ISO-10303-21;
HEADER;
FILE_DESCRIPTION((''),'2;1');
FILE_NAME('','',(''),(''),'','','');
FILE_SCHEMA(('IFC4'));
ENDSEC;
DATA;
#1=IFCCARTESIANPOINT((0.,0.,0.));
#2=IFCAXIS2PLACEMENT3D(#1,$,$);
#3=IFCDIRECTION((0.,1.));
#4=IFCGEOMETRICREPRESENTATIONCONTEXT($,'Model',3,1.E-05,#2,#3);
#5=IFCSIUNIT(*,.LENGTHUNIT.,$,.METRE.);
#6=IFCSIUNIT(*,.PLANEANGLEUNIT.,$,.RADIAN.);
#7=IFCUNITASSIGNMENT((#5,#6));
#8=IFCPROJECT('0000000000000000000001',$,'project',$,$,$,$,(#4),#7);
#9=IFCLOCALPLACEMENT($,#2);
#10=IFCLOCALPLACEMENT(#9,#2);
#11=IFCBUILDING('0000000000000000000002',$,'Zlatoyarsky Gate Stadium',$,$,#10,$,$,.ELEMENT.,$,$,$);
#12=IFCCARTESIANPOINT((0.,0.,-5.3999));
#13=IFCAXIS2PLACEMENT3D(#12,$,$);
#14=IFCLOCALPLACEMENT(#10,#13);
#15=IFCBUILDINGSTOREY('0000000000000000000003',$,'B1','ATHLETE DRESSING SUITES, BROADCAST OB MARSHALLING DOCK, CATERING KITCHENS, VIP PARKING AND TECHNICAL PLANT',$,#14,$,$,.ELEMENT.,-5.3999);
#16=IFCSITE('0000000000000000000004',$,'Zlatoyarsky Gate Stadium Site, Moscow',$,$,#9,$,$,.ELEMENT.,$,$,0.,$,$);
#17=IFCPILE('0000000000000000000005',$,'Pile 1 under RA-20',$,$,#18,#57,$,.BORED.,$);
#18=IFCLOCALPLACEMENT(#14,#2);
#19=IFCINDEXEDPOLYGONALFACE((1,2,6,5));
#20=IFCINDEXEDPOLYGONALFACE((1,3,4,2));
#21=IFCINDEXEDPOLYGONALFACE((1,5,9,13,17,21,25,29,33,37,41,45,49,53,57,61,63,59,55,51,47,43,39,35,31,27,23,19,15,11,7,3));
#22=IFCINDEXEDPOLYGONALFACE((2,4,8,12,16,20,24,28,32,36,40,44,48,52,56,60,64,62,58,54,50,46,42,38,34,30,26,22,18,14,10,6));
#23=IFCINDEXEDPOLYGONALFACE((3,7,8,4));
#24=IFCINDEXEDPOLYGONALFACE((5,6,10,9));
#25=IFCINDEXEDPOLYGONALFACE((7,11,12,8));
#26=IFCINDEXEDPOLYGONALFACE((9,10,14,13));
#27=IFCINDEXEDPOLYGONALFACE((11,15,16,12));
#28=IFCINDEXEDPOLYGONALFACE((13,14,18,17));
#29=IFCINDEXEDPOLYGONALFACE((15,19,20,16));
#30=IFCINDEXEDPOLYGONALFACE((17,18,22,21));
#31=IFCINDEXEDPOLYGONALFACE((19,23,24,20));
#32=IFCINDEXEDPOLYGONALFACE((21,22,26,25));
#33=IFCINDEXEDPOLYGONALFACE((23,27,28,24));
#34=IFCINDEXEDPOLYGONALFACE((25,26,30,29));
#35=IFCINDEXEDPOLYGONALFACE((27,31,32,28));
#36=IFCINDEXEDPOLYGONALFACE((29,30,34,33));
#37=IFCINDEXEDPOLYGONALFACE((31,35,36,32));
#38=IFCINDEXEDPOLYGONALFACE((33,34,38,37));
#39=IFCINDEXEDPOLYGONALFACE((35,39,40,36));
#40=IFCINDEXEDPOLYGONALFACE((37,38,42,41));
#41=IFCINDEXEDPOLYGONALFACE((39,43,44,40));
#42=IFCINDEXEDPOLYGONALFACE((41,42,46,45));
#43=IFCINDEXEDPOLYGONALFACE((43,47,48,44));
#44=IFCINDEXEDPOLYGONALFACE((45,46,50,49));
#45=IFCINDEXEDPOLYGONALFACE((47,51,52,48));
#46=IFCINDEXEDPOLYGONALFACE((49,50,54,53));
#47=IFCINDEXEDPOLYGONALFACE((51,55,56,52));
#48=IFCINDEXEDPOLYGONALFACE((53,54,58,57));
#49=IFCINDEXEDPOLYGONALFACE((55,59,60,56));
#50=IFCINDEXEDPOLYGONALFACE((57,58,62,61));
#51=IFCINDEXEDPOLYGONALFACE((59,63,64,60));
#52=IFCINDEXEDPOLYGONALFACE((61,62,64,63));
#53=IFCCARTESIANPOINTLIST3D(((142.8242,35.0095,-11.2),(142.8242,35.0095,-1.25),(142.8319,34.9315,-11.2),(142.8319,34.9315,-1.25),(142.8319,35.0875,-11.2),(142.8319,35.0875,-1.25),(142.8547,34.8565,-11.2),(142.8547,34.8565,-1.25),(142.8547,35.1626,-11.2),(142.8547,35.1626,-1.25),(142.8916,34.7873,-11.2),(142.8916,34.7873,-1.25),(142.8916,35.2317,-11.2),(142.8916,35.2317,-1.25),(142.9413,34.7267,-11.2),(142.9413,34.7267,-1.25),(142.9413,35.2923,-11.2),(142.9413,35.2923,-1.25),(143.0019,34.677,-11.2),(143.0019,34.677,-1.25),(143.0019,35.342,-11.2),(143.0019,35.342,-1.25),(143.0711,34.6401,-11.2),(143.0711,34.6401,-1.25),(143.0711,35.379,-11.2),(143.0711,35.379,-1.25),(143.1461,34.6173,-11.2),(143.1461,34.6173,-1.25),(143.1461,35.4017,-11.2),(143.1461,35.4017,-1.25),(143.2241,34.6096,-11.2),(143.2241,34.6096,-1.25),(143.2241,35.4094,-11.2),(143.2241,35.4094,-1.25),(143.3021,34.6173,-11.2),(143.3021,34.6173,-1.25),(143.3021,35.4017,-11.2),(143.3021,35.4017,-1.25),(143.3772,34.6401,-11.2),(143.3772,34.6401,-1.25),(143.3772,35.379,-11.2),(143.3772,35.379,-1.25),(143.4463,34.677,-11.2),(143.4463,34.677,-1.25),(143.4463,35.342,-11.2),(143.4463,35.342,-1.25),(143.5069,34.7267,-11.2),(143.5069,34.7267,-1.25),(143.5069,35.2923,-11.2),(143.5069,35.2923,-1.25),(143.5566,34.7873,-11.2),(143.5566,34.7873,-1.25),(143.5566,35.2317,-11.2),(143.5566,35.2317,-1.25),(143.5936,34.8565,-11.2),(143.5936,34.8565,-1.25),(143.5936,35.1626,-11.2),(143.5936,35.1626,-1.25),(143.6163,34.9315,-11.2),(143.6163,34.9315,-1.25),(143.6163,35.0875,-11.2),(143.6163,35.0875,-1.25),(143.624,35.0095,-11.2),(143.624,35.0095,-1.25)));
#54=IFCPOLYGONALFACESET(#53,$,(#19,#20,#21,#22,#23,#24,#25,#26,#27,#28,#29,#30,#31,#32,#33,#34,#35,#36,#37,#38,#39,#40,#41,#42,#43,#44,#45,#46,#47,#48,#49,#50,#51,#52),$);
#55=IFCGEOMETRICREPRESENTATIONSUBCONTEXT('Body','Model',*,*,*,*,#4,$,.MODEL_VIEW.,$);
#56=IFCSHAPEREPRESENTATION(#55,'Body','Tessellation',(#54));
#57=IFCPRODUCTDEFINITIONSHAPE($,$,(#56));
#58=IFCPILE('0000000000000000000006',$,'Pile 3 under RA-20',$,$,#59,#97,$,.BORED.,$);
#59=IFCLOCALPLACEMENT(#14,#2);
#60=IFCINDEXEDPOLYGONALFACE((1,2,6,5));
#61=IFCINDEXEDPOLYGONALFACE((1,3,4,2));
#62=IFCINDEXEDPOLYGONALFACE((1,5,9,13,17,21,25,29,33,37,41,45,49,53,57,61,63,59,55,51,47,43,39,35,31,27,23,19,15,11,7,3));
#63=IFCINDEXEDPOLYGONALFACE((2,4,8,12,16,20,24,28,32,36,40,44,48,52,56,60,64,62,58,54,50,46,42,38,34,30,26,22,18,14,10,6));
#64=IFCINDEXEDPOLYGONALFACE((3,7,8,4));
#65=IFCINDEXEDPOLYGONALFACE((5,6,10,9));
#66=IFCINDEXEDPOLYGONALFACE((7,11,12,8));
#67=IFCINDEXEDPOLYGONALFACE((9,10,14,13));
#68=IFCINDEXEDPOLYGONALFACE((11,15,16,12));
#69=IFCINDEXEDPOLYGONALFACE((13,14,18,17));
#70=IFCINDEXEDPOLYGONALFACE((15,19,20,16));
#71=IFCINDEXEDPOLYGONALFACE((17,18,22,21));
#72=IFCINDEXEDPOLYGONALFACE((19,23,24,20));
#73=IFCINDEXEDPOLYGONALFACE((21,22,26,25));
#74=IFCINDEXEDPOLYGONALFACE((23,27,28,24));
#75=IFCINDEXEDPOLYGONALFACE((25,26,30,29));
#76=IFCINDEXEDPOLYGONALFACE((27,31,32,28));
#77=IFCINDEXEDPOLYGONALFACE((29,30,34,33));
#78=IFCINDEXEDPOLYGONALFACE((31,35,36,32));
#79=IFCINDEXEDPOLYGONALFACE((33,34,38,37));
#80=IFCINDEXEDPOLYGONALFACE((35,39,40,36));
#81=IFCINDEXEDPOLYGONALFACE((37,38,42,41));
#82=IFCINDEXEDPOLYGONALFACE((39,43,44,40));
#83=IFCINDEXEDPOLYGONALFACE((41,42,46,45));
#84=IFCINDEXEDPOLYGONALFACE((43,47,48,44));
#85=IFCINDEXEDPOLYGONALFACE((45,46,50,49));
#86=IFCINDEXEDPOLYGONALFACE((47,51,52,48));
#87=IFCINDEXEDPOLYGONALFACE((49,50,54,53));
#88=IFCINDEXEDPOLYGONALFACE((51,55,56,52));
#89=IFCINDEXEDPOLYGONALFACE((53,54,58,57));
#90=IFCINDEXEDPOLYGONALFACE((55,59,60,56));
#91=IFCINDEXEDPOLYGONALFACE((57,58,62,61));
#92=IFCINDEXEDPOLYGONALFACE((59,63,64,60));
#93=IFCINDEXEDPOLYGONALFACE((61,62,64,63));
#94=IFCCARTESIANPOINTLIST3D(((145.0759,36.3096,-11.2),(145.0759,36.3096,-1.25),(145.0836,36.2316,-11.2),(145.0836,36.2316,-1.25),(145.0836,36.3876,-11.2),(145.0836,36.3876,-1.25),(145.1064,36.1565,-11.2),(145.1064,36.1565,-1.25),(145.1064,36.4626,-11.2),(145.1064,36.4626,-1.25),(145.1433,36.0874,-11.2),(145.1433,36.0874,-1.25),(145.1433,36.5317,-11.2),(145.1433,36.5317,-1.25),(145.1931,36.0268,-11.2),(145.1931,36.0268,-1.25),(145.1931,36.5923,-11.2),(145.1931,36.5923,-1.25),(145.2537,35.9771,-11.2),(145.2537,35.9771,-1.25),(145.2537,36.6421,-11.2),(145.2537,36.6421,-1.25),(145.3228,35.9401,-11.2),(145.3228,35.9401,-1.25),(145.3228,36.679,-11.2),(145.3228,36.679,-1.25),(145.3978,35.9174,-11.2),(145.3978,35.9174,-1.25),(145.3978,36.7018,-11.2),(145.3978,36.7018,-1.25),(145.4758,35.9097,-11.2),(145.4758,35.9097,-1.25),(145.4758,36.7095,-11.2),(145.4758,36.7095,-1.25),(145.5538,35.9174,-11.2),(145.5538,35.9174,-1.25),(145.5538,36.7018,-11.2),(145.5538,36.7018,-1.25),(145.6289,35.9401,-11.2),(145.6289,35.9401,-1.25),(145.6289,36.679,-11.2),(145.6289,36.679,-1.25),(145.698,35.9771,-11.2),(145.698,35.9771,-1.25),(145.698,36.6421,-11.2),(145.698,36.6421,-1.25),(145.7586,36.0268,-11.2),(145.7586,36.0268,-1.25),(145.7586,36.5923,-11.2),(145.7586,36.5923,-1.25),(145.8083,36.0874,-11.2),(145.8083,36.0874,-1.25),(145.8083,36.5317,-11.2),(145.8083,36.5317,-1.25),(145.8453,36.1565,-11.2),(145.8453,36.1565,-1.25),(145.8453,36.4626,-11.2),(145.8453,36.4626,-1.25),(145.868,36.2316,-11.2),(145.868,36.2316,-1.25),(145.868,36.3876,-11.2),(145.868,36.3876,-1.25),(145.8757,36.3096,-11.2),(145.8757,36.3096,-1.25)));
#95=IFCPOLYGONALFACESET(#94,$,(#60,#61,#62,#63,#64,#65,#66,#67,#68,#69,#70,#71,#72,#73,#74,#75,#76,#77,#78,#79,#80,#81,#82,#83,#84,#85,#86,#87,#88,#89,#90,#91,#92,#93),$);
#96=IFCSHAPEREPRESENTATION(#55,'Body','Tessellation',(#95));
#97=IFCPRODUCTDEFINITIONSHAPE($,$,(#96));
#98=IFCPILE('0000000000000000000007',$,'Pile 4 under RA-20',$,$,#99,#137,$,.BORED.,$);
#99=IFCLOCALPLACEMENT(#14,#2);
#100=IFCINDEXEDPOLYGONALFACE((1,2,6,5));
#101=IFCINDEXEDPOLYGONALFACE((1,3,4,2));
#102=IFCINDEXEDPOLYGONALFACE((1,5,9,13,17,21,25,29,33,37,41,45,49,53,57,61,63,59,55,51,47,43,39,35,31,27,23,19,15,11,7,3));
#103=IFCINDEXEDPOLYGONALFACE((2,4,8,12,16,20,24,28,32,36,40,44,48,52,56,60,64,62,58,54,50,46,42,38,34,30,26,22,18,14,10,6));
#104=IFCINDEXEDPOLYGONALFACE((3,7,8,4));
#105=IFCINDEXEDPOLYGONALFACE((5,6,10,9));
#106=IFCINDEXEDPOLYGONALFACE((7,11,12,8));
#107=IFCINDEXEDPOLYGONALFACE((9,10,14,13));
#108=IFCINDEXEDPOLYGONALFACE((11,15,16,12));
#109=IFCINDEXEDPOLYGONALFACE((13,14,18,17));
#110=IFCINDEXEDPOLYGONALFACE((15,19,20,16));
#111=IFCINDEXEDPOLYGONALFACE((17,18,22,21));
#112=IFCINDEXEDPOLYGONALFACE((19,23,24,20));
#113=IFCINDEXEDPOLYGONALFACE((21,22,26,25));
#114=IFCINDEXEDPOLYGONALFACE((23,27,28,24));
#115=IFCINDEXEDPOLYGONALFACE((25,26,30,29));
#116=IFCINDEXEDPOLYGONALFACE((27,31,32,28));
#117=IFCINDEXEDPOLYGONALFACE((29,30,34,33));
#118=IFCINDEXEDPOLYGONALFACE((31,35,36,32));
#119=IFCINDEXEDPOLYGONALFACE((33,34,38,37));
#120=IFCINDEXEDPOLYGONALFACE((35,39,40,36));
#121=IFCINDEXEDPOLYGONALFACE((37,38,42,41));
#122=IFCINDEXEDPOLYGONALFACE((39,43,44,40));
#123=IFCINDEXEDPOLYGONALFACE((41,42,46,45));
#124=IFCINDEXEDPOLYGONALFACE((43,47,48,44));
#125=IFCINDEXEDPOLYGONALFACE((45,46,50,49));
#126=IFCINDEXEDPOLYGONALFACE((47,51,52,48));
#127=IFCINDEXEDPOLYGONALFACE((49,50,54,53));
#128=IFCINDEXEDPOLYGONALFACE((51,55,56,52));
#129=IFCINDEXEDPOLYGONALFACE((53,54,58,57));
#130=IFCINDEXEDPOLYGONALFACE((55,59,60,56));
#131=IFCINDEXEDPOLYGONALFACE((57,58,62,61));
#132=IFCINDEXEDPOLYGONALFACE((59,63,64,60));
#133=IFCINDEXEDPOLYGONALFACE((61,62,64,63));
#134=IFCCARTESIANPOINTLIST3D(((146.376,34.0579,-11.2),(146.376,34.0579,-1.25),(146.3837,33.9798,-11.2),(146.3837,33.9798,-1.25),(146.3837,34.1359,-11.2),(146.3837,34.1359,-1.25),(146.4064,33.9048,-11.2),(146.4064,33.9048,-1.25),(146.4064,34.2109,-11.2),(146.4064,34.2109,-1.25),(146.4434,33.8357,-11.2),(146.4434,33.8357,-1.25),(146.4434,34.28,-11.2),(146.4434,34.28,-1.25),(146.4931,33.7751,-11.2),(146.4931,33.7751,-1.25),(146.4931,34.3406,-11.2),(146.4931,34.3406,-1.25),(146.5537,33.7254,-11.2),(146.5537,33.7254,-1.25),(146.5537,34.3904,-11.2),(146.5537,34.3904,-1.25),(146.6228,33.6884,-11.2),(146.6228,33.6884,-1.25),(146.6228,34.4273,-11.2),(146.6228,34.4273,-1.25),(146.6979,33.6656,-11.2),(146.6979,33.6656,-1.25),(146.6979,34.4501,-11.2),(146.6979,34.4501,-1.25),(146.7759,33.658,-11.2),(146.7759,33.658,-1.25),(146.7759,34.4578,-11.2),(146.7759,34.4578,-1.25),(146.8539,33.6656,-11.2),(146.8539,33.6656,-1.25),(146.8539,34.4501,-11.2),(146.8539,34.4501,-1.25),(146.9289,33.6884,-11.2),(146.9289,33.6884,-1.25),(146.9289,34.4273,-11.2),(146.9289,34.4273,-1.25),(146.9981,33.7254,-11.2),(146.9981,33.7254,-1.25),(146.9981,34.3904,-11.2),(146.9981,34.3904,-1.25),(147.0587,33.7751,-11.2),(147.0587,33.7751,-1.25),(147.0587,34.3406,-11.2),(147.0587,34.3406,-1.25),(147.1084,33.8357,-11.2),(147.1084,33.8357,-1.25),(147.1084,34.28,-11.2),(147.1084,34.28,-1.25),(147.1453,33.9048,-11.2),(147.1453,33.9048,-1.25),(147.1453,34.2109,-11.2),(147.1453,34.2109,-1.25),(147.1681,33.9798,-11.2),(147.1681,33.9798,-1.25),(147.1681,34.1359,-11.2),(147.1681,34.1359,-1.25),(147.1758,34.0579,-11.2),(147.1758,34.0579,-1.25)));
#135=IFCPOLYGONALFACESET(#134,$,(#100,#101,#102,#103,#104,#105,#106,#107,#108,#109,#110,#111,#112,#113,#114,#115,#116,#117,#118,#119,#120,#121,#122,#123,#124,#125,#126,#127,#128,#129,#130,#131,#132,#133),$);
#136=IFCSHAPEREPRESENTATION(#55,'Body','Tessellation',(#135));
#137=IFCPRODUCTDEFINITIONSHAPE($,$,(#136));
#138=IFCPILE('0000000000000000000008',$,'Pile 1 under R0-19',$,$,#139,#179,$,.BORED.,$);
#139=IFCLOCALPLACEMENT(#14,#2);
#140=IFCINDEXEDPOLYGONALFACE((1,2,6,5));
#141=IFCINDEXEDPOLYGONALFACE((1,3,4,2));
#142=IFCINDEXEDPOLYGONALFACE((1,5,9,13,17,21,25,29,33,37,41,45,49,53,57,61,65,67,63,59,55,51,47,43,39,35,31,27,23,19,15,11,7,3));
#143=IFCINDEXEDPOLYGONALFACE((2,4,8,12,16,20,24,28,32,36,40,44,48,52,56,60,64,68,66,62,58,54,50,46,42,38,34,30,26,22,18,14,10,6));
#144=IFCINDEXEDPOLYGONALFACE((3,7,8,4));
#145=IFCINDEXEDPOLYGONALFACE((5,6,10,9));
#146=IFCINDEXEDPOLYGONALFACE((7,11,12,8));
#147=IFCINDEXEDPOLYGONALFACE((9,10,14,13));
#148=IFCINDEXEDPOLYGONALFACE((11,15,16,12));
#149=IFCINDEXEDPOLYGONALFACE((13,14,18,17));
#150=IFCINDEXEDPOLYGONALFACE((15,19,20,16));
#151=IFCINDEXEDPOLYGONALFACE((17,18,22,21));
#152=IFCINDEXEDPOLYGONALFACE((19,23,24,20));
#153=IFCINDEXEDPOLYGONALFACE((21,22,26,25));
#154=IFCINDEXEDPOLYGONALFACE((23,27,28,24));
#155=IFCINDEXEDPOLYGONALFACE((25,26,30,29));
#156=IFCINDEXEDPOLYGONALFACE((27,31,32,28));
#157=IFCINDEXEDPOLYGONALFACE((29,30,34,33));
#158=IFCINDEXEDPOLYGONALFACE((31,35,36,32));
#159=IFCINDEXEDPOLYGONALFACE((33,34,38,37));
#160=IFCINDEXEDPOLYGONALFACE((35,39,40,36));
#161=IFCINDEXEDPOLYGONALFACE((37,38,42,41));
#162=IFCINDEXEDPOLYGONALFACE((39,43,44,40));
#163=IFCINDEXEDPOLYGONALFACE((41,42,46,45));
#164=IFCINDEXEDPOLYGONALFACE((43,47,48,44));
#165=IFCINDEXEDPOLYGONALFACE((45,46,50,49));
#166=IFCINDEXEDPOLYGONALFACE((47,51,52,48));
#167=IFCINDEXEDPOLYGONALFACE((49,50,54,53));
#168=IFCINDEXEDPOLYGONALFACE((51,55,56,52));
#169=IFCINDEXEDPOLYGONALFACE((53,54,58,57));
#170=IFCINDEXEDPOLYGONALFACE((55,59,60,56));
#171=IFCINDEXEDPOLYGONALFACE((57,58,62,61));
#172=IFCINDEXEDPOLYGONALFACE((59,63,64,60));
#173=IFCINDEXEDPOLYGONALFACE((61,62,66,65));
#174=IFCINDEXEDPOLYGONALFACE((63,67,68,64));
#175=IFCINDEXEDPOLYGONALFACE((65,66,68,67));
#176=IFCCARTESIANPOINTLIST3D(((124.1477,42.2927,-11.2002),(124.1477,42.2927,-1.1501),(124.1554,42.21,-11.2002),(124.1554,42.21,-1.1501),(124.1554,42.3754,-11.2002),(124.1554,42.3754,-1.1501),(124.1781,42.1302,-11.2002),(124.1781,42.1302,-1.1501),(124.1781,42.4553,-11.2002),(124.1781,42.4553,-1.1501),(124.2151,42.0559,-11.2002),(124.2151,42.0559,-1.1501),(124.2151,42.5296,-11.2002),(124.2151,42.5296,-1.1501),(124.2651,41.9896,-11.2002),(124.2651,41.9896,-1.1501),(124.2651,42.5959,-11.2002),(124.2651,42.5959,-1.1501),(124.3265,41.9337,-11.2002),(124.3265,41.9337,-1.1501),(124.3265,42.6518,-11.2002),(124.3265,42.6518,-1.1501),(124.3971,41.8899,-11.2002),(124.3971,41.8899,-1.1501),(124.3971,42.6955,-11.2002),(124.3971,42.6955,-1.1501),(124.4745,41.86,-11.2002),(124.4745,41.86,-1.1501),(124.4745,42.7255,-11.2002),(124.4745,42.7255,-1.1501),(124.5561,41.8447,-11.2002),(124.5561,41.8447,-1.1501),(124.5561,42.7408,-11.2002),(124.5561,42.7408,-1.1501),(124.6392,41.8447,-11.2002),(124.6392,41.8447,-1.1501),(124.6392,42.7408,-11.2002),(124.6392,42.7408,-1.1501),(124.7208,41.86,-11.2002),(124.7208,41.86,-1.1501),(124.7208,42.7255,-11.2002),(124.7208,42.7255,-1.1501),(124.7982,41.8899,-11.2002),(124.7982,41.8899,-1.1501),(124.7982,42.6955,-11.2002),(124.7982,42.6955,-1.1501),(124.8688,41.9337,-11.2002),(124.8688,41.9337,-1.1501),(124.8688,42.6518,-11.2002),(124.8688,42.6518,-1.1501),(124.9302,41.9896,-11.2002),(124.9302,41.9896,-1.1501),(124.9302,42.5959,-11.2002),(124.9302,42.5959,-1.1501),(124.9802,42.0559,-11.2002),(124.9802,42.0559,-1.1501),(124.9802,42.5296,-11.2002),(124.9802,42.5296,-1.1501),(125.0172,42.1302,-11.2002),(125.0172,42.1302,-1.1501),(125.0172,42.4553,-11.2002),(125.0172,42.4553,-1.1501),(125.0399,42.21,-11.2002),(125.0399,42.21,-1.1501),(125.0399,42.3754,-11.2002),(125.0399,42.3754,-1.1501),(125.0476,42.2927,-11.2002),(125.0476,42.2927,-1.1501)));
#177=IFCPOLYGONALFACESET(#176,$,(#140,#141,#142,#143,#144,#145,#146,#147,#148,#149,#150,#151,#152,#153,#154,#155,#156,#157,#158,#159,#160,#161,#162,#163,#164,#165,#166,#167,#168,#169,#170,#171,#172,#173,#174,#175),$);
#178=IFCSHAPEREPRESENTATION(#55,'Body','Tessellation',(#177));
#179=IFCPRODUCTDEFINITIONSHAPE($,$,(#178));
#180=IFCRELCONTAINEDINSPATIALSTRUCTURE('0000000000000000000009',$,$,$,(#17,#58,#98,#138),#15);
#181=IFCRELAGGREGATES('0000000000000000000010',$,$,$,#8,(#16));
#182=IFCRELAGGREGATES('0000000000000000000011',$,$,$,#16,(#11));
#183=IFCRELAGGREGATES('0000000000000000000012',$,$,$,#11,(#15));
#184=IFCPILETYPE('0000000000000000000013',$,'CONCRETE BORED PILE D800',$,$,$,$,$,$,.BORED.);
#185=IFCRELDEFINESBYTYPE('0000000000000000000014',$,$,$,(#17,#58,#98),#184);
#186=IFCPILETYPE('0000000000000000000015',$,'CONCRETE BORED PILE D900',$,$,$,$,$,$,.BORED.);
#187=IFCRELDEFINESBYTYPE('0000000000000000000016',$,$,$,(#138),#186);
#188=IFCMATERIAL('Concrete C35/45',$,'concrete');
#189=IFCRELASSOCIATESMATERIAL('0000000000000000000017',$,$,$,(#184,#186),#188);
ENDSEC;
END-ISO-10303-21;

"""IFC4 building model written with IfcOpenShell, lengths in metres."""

from ifc_helpers import new_model, si_unit, direction, frame, origin, origin_2d, place, context, subcontext, project, spatial, circle, extrude, material, material_profile, profile_set, type_object, element, save


model = new_model("IFC4")

# Units and contexts
model_context = context("Model", 3, precision=1e-05, world=origin(), true_north=direction((0.0, 1.0)))
body_context = subcontext(model_context, "Body", "Model", "MODEL_VIEW")
ifc_project = project(units=[si_unit("LENGTHUNIT", "METRE"), si_unit("PLANEANGLEUNIT", "RADIAN")], contexts=[model_context])

# Site, building, storey
site_placement = place(None, origin())
site = spatial("IfcSite", under=ifc_project, at=site_placement, Name="Zlatoyarsky Gate Stadium Site, Moscow", CompositionType="ELEMENT", RefElevation=0.0)
building_placement = place(site_placement, origin())
building = spatial("IfcBuilding", under=site, at=building_placement, Name="Zlatoyarsky Gate Stadium", CompositionType="ELEMENT")
storey_placement = place(building_placement, frame((0.0, 0.0, -5.3999)))
storey = spatial("IfcBuildingStorey", under=building, at=storey_placement, Name="B1", Description="ATHLETE DRESSING SUITES, BROADCAST OB MARSHALLING DOCK, CATERING KITCHENS, VIP PARKING AND TECHNICAL PLANT", CompositionType="ELEMENT", Elevation=-5.3999)

# Piles
ifc_material_1 = material(Name="Concrete C35/45", Category="concrete")
ifc_material_profile_1 = material_profile(ifc_material_1, circle(Radius=0.3999, at=origin_2d()), Name="BORED PILE D800")
ifc_profile_set_1 = profile_set([ifc_material_profile_1], Name="Concrete C35/45")
pile_type_1 = type_object("IfcPileType", Name="CONCRETE BORED PILE D800", PredefinedType="BORED", material=ifc_profile_set_1)
for number, where, z_axis, x_axis, name in (
    (1, (143.2241, 35.0095, -1.25), (0.0, 0.0, -1.0), (1.0, 0.0, 0.0), "Pile 1 under RA-20"),
    (2, (145.4758, 36.3096, -1.25), (0.0, 0.0, -1.0), (1.0, 0.0, 0.0), "Pile 3 under RA-20"),
    (3, (146.7759, 34.0579, -1.25), (0.0, 0.0, -1.0), (1.0, 0.0, 0.0), "Pile 4 under RA-20"),
):
    element("IfcPile", number, at=place(storey_placement, frame(where, z_axis=z_axis, x_axis=x_axis)), inside=storey, type_object=pile_type_1, Name=name, PredefinedType="BORED", context=body_context, shape_type="SweptSolid", body=[
        extrude(circle(Radius=0.3999, at=origin_2d()), origin(), (0.0, 0.0, 1.0), 9.95),
    ])
ifc_material_profile_2 = material_profile(ifc_material_1, circle(Radius=0.45, at=origin_2d()), Name="BORED PILE D900")
ifc_profile_set_2 = profile_set([ifc_material_profile_2], Name="Concrete C35/45")
pile_type_2 = type_object("IfcPileType", Name="CONCRETE BORED PILE D900", PredefinedType="BORED", material=ifc_profile_set_2)
for number, where, z_axis, x_axis, name in (
    (4, (124.5977, 42.2927, -1.1501), (0.0, 0.0, -1.0), (1.0, 0.0, 0.0), "Pile 1 under R0-19"),
):
    element("IfcPile", number, at=place(storey_placement, frame(where, z_axis=z_axis, x_axis=x_axis)), inside=storey, type_object=pile_type_2, Name=name, PredefinedType="BORED", context=body_context, shape_type="SweptSolid", body=[
        extrude(circle(Radius=0.45, at=origin_2d()), origin(), (0.0, 0.0, 1.0), 10.05),
    ])

save(model, "model.ifc")
